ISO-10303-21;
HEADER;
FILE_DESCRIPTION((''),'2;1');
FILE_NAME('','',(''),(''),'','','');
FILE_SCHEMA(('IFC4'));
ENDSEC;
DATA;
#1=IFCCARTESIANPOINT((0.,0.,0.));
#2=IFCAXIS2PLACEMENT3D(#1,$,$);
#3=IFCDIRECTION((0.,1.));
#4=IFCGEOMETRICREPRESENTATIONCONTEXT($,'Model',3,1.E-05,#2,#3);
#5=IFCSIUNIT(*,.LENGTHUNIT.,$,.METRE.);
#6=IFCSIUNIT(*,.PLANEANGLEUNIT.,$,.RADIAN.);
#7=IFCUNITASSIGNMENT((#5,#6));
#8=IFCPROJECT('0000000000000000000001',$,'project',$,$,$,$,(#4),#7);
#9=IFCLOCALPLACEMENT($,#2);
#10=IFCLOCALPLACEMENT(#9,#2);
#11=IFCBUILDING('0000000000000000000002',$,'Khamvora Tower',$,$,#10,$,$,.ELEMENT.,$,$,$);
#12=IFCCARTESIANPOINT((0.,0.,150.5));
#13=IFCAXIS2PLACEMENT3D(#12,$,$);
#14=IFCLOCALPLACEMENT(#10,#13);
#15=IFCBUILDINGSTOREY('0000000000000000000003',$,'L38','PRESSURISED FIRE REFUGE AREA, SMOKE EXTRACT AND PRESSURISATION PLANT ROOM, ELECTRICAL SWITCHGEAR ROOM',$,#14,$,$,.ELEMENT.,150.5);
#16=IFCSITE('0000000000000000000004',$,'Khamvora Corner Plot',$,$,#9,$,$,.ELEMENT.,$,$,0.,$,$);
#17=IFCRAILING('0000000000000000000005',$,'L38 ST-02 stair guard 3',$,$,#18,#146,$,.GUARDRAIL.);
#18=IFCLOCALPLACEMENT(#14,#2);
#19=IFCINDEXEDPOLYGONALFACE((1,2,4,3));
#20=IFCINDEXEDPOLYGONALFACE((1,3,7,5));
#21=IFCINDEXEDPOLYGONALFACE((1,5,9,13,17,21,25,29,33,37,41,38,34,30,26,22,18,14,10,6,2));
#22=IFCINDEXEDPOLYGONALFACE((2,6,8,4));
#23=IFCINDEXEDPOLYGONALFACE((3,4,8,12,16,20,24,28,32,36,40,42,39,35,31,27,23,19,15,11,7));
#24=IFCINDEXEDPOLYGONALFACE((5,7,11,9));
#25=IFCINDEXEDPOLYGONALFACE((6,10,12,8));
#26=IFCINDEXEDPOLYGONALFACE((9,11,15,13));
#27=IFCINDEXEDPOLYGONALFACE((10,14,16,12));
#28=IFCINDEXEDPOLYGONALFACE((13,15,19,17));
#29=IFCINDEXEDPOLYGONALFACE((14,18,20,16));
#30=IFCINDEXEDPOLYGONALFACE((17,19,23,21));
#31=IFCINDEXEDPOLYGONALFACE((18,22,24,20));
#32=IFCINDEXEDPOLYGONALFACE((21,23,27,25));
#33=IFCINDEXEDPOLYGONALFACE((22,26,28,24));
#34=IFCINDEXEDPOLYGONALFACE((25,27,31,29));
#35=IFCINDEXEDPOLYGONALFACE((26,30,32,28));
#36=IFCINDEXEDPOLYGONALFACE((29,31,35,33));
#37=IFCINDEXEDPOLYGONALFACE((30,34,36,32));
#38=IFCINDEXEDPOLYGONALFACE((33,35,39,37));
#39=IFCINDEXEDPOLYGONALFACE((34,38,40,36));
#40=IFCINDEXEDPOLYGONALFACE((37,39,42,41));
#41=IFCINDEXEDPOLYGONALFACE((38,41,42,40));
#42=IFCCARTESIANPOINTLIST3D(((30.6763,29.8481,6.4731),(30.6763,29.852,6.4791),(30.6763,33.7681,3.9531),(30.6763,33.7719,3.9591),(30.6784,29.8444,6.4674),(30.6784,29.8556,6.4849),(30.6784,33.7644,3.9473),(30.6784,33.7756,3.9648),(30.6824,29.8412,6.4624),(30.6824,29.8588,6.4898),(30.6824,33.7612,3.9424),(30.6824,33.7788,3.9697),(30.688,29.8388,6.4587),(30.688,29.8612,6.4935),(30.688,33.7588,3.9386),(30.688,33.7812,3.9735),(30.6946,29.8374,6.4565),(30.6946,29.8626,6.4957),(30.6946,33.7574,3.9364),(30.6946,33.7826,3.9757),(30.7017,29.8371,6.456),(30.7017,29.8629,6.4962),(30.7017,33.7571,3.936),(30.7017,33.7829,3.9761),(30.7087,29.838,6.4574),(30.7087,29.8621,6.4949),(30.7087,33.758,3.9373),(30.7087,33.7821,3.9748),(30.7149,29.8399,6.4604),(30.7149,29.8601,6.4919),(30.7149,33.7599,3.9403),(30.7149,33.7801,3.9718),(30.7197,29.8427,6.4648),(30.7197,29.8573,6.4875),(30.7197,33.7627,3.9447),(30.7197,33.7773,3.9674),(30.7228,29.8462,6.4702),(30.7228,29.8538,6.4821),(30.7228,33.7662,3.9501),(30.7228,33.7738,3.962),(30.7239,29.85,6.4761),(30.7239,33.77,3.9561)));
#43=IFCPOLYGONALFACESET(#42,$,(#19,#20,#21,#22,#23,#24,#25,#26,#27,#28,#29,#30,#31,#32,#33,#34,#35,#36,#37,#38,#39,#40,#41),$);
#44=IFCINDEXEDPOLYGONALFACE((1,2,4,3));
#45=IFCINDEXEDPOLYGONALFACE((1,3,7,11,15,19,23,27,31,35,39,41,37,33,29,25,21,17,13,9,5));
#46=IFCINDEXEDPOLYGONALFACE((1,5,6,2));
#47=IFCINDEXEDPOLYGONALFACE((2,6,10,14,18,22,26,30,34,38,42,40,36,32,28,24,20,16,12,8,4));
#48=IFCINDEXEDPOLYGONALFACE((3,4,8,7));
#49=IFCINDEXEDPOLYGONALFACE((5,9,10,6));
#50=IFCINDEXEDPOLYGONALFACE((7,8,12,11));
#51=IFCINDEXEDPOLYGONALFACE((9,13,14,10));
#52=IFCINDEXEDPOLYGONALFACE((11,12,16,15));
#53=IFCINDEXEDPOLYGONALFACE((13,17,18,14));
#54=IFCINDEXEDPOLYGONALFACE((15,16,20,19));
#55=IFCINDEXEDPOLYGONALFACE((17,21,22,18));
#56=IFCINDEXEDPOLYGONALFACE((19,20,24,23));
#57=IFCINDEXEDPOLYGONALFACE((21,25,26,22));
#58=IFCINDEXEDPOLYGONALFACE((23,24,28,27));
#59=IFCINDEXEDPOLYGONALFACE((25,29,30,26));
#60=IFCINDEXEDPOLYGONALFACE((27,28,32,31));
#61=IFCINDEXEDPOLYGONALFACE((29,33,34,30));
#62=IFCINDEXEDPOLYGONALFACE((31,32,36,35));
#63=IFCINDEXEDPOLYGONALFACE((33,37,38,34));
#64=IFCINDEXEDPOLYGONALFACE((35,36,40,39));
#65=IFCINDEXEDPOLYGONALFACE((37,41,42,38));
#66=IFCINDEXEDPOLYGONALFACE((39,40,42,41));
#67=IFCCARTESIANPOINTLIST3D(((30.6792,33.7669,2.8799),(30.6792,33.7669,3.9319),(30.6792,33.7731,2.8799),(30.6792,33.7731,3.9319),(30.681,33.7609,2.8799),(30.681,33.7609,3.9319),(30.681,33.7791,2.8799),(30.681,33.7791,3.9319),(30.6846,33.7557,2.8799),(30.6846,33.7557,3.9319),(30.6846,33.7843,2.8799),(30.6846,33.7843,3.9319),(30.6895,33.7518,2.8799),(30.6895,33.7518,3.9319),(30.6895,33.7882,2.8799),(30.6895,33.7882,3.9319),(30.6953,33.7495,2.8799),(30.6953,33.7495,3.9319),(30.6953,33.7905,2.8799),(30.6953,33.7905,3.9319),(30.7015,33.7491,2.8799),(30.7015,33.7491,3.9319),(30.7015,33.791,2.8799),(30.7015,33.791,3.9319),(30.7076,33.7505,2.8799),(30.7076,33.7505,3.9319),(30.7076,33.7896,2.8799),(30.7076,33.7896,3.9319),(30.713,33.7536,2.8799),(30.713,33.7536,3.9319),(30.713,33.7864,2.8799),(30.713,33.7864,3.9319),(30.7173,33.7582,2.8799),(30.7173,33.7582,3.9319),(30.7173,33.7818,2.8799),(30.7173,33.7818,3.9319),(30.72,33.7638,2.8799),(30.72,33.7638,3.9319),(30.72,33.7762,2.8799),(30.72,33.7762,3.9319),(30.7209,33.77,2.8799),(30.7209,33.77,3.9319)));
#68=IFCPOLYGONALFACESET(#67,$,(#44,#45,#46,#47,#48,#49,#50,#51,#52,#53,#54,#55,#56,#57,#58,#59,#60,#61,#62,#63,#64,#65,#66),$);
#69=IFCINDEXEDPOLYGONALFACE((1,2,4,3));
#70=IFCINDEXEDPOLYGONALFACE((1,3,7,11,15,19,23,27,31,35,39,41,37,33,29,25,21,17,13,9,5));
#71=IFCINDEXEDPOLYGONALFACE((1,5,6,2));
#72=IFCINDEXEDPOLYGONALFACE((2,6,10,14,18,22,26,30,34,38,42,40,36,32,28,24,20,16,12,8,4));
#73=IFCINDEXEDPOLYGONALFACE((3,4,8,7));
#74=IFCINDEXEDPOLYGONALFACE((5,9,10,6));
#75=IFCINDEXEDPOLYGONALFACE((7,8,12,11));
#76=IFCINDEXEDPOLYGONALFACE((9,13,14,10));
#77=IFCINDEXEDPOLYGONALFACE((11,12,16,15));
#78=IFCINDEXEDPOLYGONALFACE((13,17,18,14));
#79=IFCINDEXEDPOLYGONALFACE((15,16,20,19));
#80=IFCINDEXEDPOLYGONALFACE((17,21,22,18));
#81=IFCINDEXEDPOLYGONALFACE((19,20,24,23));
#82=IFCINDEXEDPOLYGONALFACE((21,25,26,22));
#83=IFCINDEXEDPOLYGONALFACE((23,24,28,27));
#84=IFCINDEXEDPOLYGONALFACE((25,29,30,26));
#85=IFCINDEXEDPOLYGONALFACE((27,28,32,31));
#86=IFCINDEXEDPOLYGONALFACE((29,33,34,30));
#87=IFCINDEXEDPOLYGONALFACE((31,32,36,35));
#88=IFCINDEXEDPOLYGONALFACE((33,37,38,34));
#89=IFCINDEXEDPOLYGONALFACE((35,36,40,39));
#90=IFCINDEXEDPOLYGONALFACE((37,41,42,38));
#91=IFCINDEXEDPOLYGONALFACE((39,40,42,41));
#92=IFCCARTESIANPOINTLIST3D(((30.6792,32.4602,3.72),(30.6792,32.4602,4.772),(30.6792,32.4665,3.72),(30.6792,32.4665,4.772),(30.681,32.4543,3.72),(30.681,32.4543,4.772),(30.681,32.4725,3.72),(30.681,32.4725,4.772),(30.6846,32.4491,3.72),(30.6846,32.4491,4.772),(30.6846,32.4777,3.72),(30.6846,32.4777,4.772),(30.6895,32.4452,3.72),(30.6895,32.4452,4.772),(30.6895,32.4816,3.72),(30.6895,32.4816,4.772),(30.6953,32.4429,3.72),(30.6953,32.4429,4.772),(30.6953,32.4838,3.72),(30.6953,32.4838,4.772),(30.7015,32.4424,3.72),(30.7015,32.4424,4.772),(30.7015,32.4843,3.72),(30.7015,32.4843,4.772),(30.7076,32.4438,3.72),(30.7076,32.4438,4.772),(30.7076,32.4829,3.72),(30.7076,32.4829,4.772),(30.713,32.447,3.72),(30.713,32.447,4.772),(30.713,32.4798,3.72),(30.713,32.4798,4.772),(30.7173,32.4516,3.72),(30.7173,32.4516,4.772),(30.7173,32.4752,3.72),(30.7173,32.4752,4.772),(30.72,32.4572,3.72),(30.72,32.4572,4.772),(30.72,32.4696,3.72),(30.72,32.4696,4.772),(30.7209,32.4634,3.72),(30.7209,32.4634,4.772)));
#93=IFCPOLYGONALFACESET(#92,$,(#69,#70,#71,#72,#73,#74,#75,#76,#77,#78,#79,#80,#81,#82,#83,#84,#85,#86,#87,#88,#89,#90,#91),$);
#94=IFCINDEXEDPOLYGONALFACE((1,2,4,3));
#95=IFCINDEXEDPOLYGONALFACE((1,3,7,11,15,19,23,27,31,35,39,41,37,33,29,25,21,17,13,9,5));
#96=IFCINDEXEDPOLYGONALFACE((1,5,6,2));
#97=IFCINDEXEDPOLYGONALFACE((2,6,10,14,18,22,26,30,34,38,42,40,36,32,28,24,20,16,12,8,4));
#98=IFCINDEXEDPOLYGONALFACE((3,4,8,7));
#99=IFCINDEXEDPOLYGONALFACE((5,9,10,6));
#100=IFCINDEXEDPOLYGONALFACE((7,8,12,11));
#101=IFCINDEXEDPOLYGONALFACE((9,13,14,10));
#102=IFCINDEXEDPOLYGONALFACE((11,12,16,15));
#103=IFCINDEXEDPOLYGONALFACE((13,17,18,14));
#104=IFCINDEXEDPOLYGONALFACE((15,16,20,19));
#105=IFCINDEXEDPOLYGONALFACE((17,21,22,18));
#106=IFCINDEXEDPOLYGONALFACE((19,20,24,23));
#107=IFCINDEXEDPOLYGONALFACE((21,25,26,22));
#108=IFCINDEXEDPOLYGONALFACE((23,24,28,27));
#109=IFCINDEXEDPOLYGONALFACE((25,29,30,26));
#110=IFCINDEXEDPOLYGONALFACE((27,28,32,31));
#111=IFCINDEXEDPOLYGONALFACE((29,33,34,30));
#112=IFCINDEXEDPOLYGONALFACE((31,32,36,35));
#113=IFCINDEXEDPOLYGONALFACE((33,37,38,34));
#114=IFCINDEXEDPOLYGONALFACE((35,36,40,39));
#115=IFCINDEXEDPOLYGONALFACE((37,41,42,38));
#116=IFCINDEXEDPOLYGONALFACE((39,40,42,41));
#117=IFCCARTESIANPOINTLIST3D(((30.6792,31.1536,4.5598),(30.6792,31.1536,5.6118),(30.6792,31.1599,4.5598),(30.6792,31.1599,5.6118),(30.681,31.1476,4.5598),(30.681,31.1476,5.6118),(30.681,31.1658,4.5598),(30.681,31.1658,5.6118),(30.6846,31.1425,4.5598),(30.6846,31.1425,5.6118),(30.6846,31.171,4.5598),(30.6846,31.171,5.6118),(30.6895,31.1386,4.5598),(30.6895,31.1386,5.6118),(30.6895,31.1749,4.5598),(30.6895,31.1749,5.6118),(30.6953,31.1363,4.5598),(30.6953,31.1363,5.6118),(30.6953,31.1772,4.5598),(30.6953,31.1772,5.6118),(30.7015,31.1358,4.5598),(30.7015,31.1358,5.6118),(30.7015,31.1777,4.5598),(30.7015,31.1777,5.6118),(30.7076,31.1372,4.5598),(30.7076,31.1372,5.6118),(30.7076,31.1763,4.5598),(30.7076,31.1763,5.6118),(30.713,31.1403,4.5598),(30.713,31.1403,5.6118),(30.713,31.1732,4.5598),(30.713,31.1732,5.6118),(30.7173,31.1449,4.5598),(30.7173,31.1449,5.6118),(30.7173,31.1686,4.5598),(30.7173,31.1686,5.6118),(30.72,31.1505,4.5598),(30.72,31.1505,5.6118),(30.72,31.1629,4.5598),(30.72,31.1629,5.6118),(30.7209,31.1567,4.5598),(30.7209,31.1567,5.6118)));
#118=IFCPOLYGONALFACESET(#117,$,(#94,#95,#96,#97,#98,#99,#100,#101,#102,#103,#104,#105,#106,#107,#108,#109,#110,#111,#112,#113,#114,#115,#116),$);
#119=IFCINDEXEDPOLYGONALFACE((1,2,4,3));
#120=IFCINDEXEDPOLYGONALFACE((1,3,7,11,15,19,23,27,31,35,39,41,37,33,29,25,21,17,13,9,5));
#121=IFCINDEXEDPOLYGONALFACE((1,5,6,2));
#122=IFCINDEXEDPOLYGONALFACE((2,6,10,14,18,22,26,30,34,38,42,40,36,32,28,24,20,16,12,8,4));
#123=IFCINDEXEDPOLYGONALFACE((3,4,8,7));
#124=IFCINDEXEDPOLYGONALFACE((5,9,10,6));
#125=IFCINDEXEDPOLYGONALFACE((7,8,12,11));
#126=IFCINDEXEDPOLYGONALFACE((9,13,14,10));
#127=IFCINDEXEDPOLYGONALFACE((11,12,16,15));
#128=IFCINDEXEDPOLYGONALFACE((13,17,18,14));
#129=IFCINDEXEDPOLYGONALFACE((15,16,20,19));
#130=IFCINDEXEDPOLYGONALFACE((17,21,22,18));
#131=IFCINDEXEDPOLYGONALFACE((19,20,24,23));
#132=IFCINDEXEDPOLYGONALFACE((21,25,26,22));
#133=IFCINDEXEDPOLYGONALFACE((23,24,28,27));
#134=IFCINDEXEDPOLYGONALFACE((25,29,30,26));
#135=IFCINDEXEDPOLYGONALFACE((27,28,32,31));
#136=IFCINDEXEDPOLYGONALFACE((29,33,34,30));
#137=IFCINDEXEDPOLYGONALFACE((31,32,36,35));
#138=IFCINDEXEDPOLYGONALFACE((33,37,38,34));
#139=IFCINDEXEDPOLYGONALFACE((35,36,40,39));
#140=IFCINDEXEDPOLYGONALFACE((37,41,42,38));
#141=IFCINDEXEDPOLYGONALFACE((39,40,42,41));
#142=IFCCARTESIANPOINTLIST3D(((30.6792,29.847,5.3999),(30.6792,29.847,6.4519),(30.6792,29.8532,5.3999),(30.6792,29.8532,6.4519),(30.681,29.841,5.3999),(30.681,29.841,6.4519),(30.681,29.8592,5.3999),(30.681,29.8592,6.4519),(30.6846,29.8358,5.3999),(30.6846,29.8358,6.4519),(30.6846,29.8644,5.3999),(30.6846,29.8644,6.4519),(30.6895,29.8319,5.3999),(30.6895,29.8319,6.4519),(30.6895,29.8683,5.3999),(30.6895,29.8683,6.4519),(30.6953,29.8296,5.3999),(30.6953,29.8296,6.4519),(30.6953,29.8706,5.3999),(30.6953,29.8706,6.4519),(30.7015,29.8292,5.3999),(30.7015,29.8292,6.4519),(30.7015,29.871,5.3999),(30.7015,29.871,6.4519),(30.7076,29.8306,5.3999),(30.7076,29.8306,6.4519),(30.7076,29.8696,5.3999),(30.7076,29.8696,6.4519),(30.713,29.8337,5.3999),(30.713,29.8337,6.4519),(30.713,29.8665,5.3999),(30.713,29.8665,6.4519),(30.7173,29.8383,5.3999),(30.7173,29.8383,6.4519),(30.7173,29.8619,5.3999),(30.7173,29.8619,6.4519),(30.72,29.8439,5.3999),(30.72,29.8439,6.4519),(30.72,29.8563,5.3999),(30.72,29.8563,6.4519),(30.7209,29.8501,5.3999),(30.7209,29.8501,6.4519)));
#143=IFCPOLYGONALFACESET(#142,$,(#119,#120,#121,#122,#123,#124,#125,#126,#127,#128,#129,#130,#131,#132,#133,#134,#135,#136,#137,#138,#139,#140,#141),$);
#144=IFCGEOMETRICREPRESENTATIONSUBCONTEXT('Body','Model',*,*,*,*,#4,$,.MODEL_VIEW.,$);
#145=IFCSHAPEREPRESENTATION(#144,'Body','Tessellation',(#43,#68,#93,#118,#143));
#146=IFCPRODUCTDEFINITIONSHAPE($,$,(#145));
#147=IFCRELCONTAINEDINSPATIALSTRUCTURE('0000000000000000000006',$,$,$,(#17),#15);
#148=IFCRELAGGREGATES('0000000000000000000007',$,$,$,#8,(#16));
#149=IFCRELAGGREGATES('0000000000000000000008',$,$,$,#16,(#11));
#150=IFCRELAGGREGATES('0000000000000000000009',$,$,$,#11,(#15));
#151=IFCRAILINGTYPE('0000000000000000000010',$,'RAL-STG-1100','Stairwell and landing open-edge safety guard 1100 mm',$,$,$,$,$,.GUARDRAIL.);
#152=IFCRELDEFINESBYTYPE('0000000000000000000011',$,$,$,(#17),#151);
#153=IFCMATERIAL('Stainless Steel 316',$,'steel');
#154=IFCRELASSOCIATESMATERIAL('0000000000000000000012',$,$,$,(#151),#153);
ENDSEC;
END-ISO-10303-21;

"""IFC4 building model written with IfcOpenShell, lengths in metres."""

from ifc_helpers import new_model, si_unit, direction, frame, origin, origin_2d, place, context, subcontext, project, spatial, circle, extrude, material, type_object, element, save


model = new_model("IFC4")

# Units and contexts
model_context = context("Model", 3, precision=1e-05, world=origin(), true_north=direction((0.0, 1.0)))
body_context = subcontext(model_context, "Body", "Model", "MODEL_VIEW")
ifc_project = project(units=[si_unit("LENGTHUNIT", "METRE"), si_unit("PLANEANGLEUNIT", "RADIAN")], contexts=[model_context])

# Site, building, storey
site_placement = place(None, origin())
site = spatial("IfcSite", under=ifc_project, at=site_placement, Name="Khamvora Corner Plot", CompositionType="ELEMENT", RefElevation=0.0)
building_placement = place(site_placement, origin())
building = spatial("IfcBuilding", under=site, at=building_placement, Name="Khamvora Tower", CompositionType="ELEMENT")
storey_placement = place(building_placement, frame((0.0, 0.0, 150.5)))
storey = spatial("IfcBuildingStorey", under=building, at=storey_placement, Name="L38", Description="PRESSURISED FIRE REFUGE AREA, SMOKE EXTRACT AND PRESSURISATION PLANT ROOM, ELECTRICAL SWITCHGEAR ROOM", CompositionType="ELEMENT", Elevation=150.5)

# Railing
ifc_material_1 = material(Name="Stainless Steel 316", Category="steel")
railing_type_1 = type_object("IfcRailingType", Name="RAL-STG-1100", Description="Stairwell and landing open-edge safety guard 1100 mm", PredefinedType="GUARDRAIL", material=ifc_material_1)
railing_1_placement = place(storey_placement, frame((30.7, 33.77, 2.8799)))
element("IfcRailing", 1, at=railing_1_placement, inside=storey, type_object=railing_type_1, Name="L38 ST-02 stair guard 3", PredefinedType="GUARDRAIL", context=body_context, shape_type="SweptSolid", body=[
    extrude(circle(Radius=0.0239, at=origin_2d()), frame((0.0, 0.0, 1.0762), z_axis=(0.0, -0.841172, 0.540768), x_axis=(1.0, 0.0, 0.0)), (0.0, 0.0, 1.0), 4.6602),
    extrude(circle(Radius=0.021, at=origin_2d()), origin(), (0.0, 0.0, 1.0), 1.052),
    extrude(circle(Radius=0.021, at=origin_2d()), frame((0.0, -1.3066, 0.8401)), (0.0, 0.0, 1.0), 1.052),
    extrude(circle(Radius=0.021, at=origin_2d()), frame((0.0, -2.6133, 1.6799)), (0.0, 0.0, 1.0), 1.052),
    extrude(circle(Radius=0.021, at=origin_2d()), frame((0.0, -3.9199, 2.52)), (0.0, 0.0, 1.0), 1.052),
])

save(model, "model.ifc")
